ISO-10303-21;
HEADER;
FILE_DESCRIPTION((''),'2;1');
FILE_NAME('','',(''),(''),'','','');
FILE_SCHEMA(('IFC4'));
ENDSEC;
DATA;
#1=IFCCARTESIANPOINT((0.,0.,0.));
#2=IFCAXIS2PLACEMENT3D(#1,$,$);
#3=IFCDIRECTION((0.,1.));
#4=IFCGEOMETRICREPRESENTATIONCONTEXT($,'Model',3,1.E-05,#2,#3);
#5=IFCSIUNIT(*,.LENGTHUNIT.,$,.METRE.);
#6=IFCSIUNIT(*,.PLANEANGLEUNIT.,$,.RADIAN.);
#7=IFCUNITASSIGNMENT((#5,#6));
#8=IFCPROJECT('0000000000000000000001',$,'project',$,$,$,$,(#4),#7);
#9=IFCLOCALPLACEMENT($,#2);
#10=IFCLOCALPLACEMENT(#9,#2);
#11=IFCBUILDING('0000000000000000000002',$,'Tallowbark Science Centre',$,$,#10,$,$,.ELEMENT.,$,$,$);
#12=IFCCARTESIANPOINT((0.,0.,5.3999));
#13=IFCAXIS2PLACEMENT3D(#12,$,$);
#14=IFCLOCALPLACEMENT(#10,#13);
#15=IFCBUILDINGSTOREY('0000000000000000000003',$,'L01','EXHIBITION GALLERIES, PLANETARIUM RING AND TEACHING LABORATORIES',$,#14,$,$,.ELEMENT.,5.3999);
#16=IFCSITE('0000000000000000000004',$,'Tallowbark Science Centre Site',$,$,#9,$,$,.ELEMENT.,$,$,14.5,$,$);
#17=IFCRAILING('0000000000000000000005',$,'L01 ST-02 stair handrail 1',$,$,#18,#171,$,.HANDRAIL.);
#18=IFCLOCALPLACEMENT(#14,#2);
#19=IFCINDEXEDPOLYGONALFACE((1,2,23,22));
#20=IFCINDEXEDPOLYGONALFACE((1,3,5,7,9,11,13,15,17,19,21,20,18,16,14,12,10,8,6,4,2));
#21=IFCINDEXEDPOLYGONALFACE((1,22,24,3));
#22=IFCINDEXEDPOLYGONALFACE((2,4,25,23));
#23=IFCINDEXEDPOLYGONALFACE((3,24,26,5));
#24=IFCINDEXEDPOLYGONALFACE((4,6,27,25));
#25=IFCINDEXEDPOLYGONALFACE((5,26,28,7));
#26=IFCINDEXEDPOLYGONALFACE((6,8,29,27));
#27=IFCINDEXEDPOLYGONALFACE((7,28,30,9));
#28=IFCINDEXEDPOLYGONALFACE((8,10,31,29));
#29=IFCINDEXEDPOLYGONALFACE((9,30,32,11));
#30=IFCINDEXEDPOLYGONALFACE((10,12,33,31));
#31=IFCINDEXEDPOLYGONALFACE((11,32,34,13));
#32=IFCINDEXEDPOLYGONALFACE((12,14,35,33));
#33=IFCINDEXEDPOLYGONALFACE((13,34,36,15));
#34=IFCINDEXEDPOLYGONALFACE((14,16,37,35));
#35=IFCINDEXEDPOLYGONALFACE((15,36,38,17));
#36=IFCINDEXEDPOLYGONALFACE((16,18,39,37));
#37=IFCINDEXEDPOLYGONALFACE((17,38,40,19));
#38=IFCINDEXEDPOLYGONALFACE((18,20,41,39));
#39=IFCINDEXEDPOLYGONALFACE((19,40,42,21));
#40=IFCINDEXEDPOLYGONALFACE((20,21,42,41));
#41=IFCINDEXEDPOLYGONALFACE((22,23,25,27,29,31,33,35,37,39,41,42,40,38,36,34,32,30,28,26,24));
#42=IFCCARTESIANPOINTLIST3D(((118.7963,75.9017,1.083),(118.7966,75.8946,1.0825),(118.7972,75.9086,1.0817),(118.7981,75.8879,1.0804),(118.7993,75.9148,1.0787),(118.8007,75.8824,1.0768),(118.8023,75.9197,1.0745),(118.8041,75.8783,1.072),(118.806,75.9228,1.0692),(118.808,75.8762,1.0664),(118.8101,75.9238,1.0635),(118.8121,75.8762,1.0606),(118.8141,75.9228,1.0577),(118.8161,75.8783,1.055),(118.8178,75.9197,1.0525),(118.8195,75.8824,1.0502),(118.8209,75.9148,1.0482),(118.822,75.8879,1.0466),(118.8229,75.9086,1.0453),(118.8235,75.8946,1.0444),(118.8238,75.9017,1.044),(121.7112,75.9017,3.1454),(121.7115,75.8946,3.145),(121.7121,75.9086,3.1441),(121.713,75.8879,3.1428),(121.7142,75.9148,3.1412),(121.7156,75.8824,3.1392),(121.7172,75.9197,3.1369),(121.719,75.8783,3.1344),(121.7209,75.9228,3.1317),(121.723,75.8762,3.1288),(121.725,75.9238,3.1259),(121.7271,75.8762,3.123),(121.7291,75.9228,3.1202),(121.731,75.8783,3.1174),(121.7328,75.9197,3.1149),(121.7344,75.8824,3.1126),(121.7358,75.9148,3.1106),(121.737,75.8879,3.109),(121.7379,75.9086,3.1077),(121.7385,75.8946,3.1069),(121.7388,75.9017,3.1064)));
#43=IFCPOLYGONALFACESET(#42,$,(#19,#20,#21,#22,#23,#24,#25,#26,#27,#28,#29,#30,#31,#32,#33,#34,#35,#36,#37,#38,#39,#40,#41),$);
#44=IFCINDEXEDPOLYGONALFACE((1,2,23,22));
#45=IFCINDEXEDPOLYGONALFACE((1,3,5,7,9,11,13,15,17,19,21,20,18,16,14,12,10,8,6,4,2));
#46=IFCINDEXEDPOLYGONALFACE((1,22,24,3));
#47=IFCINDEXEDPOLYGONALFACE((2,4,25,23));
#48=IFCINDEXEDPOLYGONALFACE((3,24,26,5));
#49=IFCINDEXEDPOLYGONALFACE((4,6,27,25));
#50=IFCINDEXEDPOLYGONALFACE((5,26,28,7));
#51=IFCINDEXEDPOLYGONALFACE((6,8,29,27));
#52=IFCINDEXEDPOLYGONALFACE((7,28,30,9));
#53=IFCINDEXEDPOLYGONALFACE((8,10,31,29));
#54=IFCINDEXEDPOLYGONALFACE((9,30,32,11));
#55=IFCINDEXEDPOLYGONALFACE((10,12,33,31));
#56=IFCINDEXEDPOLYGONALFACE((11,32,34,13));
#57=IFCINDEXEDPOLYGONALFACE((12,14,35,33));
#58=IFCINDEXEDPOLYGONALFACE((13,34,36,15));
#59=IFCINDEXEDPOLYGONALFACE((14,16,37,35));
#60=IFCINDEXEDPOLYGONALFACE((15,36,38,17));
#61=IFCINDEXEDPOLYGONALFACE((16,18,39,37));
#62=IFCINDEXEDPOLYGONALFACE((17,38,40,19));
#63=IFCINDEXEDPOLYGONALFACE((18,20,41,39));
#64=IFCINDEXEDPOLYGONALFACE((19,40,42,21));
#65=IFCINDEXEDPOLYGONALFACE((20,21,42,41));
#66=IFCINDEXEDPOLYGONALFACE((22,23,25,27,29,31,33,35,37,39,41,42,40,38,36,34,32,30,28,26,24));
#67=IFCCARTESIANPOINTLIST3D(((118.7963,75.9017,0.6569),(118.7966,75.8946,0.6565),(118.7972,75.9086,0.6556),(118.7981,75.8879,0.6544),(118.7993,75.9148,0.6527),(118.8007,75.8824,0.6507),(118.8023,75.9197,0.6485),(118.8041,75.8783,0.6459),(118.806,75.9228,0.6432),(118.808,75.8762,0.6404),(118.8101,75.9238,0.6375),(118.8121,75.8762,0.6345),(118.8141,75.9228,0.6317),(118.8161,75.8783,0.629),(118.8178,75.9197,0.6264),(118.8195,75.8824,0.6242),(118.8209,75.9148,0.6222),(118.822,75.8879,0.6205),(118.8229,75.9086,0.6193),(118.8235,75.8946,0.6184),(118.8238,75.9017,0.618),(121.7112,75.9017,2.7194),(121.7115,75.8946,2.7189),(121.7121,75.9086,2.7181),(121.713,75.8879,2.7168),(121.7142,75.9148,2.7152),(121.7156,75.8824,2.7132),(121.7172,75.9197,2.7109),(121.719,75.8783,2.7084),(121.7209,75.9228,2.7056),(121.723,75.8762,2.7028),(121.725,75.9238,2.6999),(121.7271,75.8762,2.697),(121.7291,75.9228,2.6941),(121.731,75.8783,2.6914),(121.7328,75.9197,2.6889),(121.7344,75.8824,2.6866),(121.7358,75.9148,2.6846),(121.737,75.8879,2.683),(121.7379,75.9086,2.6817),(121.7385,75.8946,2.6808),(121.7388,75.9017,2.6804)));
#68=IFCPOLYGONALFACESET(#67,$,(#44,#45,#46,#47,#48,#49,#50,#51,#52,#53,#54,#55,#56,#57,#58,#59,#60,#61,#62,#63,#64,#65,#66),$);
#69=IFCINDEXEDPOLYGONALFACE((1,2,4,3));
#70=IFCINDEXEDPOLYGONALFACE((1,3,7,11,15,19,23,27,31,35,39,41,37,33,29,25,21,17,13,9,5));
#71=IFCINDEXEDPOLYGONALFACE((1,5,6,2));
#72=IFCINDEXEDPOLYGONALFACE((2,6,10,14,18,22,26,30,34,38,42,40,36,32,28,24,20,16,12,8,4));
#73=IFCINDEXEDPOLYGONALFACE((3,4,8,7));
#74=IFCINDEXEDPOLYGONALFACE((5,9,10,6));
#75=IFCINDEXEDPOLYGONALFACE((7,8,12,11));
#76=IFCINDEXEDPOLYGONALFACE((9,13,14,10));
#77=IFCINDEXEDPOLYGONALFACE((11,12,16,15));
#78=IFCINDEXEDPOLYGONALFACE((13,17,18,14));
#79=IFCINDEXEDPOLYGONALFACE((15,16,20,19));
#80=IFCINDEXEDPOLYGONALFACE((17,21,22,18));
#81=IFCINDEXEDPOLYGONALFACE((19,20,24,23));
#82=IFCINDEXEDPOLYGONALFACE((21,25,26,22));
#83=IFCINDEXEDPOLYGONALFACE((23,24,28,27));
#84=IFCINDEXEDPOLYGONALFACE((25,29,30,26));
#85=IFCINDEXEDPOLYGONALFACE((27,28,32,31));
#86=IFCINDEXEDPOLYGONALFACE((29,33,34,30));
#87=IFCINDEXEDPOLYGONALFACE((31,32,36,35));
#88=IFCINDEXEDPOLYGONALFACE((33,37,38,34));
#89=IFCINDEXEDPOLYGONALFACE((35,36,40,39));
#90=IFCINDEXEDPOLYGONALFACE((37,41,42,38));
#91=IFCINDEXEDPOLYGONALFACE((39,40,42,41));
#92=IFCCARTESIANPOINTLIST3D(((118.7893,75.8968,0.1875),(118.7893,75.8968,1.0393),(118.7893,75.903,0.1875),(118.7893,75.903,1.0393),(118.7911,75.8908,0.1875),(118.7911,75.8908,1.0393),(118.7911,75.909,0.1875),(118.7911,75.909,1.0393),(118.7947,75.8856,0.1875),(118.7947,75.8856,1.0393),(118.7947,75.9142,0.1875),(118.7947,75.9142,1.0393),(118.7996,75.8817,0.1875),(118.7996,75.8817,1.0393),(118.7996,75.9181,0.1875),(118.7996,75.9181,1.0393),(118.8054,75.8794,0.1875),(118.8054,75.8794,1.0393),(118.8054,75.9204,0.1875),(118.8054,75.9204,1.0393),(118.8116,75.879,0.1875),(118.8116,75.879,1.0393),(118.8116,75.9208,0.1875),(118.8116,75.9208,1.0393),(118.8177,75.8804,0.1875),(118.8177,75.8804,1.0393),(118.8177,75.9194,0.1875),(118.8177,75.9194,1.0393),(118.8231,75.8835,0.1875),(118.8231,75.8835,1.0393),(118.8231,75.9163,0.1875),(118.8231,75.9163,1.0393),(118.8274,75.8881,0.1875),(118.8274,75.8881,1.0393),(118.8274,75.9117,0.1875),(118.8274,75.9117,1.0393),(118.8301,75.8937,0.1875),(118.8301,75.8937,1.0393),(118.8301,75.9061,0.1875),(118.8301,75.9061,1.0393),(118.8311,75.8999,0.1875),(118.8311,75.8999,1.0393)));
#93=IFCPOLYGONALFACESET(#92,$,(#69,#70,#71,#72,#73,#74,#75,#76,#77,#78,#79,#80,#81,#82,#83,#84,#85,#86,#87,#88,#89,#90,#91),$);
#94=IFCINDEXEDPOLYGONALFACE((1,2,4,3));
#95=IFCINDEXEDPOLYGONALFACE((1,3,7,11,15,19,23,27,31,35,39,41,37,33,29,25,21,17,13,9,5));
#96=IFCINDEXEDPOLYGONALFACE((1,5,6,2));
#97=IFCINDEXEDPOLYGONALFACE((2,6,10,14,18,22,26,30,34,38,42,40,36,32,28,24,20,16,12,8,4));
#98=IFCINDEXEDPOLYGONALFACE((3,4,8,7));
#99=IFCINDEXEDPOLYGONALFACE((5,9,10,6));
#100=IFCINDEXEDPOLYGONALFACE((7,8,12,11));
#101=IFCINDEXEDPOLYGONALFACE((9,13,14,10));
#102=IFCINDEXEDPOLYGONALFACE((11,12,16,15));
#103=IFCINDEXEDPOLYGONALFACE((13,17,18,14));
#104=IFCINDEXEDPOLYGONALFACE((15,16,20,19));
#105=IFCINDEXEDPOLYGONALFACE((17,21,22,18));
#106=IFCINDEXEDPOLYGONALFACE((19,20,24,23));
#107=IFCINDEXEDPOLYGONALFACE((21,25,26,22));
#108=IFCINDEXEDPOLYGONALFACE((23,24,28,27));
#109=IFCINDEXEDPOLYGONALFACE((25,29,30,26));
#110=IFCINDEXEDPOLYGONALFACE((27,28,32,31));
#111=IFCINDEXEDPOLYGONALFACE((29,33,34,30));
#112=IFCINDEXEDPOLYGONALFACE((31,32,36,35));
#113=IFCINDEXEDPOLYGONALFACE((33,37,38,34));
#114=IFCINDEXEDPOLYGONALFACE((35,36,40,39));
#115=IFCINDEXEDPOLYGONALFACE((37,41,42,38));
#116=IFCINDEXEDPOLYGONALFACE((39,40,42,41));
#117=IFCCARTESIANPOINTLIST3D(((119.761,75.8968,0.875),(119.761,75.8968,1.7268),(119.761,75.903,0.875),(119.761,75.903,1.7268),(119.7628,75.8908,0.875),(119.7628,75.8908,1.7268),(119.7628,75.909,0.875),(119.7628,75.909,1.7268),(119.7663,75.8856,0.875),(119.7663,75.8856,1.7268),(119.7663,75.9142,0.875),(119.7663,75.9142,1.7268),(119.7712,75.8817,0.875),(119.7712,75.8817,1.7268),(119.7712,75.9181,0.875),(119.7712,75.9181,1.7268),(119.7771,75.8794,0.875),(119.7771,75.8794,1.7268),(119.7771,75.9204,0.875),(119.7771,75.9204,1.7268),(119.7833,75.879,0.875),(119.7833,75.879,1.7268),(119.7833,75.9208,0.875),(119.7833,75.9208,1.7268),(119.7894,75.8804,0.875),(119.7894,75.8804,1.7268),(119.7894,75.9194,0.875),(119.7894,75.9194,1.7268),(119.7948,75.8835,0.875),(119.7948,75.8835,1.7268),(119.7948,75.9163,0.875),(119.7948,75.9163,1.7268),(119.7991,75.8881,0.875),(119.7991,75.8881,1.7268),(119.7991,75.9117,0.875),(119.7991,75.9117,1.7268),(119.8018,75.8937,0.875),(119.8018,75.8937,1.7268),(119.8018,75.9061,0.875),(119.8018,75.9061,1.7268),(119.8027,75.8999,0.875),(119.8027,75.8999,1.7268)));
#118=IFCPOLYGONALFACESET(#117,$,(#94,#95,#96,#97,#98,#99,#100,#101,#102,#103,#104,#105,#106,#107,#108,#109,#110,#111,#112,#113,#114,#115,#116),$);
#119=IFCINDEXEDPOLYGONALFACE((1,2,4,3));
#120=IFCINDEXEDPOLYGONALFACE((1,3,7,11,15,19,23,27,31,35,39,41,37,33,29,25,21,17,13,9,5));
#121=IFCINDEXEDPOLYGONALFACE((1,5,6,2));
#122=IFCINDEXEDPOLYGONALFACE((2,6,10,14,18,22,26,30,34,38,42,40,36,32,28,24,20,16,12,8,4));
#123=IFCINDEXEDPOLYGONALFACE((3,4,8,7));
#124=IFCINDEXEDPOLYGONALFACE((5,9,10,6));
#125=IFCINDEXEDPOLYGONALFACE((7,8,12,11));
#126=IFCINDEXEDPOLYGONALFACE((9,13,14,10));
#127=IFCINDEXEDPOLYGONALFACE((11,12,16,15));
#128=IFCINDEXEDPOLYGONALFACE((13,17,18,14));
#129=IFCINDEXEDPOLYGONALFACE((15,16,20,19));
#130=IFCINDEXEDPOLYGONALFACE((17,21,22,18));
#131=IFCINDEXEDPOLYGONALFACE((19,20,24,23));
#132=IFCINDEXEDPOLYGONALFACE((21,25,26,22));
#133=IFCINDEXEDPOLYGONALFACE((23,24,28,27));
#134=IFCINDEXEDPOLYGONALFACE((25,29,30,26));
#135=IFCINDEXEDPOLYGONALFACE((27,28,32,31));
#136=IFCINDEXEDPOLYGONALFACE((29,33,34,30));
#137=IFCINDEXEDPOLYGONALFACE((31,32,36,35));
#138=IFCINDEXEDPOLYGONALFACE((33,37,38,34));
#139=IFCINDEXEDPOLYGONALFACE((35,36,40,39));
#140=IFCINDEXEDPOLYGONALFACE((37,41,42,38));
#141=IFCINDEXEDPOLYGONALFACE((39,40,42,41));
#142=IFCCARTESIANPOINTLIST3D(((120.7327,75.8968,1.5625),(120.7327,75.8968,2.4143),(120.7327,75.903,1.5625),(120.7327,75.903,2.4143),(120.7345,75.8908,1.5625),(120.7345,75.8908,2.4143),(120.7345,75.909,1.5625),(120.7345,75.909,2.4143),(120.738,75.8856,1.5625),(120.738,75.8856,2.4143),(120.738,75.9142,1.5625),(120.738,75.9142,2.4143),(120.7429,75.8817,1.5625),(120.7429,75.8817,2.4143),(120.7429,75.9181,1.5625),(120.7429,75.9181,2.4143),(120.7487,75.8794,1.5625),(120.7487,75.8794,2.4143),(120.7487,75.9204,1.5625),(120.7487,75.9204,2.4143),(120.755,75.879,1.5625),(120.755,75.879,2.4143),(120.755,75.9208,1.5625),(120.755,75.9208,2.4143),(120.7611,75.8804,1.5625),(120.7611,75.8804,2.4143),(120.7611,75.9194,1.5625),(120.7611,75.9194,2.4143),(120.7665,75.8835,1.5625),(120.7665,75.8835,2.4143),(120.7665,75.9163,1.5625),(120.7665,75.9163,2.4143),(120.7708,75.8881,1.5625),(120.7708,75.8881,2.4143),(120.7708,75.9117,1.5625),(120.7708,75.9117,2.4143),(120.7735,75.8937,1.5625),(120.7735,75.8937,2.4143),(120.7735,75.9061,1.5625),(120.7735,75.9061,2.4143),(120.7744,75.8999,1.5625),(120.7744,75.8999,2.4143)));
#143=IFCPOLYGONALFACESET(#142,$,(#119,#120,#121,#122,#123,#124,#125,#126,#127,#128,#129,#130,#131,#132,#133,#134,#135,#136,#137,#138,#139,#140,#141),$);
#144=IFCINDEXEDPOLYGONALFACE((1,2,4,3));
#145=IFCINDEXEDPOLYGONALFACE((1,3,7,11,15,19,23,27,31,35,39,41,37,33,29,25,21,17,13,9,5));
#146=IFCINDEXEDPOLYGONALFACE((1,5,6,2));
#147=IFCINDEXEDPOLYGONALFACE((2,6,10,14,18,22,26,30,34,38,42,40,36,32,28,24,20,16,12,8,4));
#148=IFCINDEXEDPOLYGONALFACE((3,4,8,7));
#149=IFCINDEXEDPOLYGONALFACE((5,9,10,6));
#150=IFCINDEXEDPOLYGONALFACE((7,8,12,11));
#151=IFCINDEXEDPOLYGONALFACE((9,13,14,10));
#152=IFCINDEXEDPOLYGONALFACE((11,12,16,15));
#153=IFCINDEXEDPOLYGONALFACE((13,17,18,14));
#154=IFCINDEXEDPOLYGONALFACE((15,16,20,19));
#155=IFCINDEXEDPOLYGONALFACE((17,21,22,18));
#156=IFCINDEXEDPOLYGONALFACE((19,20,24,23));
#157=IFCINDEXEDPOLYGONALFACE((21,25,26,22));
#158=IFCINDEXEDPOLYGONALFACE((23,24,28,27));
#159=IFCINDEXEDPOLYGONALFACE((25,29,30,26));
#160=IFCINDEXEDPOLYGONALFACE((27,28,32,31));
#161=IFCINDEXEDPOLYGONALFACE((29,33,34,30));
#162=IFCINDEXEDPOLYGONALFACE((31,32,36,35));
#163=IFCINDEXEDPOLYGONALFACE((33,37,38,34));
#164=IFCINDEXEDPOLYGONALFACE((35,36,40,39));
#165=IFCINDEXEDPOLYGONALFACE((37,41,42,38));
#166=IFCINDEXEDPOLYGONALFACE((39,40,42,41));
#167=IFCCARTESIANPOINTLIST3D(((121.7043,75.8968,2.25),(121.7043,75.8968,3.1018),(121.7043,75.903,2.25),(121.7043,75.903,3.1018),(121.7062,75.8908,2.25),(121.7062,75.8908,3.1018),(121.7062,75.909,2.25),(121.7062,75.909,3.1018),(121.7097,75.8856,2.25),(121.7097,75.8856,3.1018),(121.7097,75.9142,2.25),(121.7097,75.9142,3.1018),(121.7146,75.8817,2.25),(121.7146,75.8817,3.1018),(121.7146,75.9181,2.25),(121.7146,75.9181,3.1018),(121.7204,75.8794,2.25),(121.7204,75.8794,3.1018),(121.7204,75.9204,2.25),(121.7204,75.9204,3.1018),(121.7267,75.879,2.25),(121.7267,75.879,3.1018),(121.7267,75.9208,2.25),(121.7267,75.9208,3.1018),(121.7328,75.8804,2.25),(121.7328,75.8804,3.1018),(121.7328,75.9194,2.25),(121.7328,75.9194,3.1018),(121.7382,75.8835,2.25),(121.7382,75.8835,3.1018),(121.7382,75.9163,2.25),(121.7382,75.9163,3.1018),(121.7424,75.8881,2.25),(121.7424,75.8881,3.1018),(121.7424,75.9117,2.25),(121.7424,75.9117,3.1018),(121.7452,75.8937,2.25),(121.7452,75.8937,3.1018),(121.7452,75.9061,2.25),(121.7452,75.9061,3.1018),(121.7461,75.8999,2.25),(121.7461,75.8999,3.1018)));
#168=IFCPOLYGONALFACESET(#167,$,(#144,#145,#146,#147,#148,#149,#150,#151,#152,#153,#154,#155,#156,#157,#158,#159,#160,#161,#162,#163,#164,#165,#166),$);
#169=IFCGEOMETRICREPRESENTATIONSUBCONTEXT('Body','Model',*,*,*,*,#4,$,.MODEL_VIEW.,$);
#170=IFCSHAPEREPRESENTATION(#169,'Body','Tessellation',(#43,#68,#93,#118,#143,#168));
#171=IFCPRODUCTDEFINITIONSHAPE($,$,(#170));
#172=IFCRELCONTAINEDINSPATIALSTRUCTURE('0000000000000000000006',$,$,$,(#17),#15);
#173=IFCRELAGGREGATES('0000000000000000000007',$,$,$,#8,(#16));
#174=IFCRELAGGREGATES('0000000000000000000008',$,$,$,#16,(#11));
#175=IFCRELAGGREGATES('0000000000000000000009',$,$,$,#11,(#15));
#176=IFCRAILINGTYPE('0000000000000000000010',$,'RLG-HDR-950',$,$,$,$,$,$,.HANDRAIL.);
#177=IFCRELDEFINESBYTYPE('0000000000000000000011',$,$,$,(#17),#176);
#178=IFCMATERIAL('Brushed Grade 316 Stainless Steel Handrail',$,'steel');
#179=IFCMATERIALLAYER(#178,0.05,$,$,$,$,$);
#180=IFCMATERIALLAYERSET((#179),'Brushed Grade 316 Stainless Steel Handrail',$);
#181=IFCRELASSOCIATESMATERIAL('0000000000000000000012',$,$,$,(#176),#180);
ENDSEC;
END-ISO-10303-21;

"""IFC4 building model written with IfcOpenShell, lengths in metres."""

from ifc_helpers import new_model, si_unit, direction, frame, origin, origin_2d, place, context, subcontext, project, spatial, circle, extrude, material, layer, layer_set, type_object, element, save


model = new_model("IFC4")

# Units and contexts
model_context = context("Model", 3, precision=1e-05, world=origin(), true_north=direction((0.0, 1.0)))
body_context = subcontext(model_context, "Body", "Model", "MODEL_VIEW")
ifc_project = project(units=[si_unit("LENGTHUNIT", "METRE"), si_unit("PLANEANGLEUNIT", "RADIAN")], contexts=[model_context])

# Site, building, storey
site_placement = place(None, origin())
site = spatial("IfcSite", under=ifc_project, at=site_placement, Name="Tallowbark Science Centre Site", CompositionType="ELEMENT", RefElevation=14.5)
building_placement = place(site_placement, origin())
building = spatial("IfcBuilding", under=site, at=building_placement, Name="Tallowbark Science Centre", CompositionType="ELEMENT")
storey_placement = place(building_placement, frame((0.0, 0.0, 5.3999)))
storey = spatial("IfcBuildingStorey", under=building, at=storey_placement, Name="L01", Description="EXHIBITION GALLERIES, PLANETARIUM RING AND TEACHING LABORATORIES", CompositionType="ELEMENT", Elevation=5.3999)

# Railing
ifc_material_1 = material(Name="Brushed Grade 316 Stainless Steel Handrail", Category="steel")
ifc_layer_1 = layer(ifc_material_1, 0.05)
ifc_layer_set_1 = layer_set([ifc_layer_1], Name="Brushed Grade 316 Stainless Steel Handrail")
railing_type_1 = type_object("IfcRailingType", Name="RLG-HDR-950", PredefinedType="HANDRAIL", material=ifc_layer_set_1)
railing_1_placement = place(storey_placement, frame((118.8101, 75.8999, 0.1875)))
element("IfcRailing", 1, at=railing_1_placement, inside=storey, type_object=railing_type_1, Name="L01 ST-02 stair handrail 1", PredefinedType="HANDRAIL", context=body_context, shape_type="SweptSolid", body=[
    extrude(circle(Radius=0.0239, at=origin_2d()), frame((0.0, 0.0, 0.876), z_axis=(0.816331, 0.0, 0.577585), x_axis=(0.0, 1.0, 0.0)), (0.0, 0.0, 1.0), 3.5708),
    extrude(circle(Radius=0.0239, at=origin_2d()), frame((0.0, 0.0, 0.45), z_axis=(0.816331, 0.0, 0.577585), x_axis=(0.0, 1.0, 0.0)), (0.0, 0.0, 1.0), 3.5708),
    extrude(circle(Radius=0.021, at=origin_2d()), origin(), (0.0, 0.0, 1.0), 0.8518),
    extrude(circle(Radius=0.021, at=origin_2d()), frame((0.9717, 0.0, 0.6875)), (0.0, 0.0, 1.0), 0.8518),
    extrude(circle(Radius=0.021, at=origin_2d()), frame((1.9434, 0.0, 1.375)), (0.0, 0.0, 1.0), 0.8518),
    extrude(circle(Radius=0.021, at=origin_2d()), frame((2.915, 0.0, 2.0625)), (0.0, 0.0, 1.0), 0.8518),
])

save(model, "model.ifc")
